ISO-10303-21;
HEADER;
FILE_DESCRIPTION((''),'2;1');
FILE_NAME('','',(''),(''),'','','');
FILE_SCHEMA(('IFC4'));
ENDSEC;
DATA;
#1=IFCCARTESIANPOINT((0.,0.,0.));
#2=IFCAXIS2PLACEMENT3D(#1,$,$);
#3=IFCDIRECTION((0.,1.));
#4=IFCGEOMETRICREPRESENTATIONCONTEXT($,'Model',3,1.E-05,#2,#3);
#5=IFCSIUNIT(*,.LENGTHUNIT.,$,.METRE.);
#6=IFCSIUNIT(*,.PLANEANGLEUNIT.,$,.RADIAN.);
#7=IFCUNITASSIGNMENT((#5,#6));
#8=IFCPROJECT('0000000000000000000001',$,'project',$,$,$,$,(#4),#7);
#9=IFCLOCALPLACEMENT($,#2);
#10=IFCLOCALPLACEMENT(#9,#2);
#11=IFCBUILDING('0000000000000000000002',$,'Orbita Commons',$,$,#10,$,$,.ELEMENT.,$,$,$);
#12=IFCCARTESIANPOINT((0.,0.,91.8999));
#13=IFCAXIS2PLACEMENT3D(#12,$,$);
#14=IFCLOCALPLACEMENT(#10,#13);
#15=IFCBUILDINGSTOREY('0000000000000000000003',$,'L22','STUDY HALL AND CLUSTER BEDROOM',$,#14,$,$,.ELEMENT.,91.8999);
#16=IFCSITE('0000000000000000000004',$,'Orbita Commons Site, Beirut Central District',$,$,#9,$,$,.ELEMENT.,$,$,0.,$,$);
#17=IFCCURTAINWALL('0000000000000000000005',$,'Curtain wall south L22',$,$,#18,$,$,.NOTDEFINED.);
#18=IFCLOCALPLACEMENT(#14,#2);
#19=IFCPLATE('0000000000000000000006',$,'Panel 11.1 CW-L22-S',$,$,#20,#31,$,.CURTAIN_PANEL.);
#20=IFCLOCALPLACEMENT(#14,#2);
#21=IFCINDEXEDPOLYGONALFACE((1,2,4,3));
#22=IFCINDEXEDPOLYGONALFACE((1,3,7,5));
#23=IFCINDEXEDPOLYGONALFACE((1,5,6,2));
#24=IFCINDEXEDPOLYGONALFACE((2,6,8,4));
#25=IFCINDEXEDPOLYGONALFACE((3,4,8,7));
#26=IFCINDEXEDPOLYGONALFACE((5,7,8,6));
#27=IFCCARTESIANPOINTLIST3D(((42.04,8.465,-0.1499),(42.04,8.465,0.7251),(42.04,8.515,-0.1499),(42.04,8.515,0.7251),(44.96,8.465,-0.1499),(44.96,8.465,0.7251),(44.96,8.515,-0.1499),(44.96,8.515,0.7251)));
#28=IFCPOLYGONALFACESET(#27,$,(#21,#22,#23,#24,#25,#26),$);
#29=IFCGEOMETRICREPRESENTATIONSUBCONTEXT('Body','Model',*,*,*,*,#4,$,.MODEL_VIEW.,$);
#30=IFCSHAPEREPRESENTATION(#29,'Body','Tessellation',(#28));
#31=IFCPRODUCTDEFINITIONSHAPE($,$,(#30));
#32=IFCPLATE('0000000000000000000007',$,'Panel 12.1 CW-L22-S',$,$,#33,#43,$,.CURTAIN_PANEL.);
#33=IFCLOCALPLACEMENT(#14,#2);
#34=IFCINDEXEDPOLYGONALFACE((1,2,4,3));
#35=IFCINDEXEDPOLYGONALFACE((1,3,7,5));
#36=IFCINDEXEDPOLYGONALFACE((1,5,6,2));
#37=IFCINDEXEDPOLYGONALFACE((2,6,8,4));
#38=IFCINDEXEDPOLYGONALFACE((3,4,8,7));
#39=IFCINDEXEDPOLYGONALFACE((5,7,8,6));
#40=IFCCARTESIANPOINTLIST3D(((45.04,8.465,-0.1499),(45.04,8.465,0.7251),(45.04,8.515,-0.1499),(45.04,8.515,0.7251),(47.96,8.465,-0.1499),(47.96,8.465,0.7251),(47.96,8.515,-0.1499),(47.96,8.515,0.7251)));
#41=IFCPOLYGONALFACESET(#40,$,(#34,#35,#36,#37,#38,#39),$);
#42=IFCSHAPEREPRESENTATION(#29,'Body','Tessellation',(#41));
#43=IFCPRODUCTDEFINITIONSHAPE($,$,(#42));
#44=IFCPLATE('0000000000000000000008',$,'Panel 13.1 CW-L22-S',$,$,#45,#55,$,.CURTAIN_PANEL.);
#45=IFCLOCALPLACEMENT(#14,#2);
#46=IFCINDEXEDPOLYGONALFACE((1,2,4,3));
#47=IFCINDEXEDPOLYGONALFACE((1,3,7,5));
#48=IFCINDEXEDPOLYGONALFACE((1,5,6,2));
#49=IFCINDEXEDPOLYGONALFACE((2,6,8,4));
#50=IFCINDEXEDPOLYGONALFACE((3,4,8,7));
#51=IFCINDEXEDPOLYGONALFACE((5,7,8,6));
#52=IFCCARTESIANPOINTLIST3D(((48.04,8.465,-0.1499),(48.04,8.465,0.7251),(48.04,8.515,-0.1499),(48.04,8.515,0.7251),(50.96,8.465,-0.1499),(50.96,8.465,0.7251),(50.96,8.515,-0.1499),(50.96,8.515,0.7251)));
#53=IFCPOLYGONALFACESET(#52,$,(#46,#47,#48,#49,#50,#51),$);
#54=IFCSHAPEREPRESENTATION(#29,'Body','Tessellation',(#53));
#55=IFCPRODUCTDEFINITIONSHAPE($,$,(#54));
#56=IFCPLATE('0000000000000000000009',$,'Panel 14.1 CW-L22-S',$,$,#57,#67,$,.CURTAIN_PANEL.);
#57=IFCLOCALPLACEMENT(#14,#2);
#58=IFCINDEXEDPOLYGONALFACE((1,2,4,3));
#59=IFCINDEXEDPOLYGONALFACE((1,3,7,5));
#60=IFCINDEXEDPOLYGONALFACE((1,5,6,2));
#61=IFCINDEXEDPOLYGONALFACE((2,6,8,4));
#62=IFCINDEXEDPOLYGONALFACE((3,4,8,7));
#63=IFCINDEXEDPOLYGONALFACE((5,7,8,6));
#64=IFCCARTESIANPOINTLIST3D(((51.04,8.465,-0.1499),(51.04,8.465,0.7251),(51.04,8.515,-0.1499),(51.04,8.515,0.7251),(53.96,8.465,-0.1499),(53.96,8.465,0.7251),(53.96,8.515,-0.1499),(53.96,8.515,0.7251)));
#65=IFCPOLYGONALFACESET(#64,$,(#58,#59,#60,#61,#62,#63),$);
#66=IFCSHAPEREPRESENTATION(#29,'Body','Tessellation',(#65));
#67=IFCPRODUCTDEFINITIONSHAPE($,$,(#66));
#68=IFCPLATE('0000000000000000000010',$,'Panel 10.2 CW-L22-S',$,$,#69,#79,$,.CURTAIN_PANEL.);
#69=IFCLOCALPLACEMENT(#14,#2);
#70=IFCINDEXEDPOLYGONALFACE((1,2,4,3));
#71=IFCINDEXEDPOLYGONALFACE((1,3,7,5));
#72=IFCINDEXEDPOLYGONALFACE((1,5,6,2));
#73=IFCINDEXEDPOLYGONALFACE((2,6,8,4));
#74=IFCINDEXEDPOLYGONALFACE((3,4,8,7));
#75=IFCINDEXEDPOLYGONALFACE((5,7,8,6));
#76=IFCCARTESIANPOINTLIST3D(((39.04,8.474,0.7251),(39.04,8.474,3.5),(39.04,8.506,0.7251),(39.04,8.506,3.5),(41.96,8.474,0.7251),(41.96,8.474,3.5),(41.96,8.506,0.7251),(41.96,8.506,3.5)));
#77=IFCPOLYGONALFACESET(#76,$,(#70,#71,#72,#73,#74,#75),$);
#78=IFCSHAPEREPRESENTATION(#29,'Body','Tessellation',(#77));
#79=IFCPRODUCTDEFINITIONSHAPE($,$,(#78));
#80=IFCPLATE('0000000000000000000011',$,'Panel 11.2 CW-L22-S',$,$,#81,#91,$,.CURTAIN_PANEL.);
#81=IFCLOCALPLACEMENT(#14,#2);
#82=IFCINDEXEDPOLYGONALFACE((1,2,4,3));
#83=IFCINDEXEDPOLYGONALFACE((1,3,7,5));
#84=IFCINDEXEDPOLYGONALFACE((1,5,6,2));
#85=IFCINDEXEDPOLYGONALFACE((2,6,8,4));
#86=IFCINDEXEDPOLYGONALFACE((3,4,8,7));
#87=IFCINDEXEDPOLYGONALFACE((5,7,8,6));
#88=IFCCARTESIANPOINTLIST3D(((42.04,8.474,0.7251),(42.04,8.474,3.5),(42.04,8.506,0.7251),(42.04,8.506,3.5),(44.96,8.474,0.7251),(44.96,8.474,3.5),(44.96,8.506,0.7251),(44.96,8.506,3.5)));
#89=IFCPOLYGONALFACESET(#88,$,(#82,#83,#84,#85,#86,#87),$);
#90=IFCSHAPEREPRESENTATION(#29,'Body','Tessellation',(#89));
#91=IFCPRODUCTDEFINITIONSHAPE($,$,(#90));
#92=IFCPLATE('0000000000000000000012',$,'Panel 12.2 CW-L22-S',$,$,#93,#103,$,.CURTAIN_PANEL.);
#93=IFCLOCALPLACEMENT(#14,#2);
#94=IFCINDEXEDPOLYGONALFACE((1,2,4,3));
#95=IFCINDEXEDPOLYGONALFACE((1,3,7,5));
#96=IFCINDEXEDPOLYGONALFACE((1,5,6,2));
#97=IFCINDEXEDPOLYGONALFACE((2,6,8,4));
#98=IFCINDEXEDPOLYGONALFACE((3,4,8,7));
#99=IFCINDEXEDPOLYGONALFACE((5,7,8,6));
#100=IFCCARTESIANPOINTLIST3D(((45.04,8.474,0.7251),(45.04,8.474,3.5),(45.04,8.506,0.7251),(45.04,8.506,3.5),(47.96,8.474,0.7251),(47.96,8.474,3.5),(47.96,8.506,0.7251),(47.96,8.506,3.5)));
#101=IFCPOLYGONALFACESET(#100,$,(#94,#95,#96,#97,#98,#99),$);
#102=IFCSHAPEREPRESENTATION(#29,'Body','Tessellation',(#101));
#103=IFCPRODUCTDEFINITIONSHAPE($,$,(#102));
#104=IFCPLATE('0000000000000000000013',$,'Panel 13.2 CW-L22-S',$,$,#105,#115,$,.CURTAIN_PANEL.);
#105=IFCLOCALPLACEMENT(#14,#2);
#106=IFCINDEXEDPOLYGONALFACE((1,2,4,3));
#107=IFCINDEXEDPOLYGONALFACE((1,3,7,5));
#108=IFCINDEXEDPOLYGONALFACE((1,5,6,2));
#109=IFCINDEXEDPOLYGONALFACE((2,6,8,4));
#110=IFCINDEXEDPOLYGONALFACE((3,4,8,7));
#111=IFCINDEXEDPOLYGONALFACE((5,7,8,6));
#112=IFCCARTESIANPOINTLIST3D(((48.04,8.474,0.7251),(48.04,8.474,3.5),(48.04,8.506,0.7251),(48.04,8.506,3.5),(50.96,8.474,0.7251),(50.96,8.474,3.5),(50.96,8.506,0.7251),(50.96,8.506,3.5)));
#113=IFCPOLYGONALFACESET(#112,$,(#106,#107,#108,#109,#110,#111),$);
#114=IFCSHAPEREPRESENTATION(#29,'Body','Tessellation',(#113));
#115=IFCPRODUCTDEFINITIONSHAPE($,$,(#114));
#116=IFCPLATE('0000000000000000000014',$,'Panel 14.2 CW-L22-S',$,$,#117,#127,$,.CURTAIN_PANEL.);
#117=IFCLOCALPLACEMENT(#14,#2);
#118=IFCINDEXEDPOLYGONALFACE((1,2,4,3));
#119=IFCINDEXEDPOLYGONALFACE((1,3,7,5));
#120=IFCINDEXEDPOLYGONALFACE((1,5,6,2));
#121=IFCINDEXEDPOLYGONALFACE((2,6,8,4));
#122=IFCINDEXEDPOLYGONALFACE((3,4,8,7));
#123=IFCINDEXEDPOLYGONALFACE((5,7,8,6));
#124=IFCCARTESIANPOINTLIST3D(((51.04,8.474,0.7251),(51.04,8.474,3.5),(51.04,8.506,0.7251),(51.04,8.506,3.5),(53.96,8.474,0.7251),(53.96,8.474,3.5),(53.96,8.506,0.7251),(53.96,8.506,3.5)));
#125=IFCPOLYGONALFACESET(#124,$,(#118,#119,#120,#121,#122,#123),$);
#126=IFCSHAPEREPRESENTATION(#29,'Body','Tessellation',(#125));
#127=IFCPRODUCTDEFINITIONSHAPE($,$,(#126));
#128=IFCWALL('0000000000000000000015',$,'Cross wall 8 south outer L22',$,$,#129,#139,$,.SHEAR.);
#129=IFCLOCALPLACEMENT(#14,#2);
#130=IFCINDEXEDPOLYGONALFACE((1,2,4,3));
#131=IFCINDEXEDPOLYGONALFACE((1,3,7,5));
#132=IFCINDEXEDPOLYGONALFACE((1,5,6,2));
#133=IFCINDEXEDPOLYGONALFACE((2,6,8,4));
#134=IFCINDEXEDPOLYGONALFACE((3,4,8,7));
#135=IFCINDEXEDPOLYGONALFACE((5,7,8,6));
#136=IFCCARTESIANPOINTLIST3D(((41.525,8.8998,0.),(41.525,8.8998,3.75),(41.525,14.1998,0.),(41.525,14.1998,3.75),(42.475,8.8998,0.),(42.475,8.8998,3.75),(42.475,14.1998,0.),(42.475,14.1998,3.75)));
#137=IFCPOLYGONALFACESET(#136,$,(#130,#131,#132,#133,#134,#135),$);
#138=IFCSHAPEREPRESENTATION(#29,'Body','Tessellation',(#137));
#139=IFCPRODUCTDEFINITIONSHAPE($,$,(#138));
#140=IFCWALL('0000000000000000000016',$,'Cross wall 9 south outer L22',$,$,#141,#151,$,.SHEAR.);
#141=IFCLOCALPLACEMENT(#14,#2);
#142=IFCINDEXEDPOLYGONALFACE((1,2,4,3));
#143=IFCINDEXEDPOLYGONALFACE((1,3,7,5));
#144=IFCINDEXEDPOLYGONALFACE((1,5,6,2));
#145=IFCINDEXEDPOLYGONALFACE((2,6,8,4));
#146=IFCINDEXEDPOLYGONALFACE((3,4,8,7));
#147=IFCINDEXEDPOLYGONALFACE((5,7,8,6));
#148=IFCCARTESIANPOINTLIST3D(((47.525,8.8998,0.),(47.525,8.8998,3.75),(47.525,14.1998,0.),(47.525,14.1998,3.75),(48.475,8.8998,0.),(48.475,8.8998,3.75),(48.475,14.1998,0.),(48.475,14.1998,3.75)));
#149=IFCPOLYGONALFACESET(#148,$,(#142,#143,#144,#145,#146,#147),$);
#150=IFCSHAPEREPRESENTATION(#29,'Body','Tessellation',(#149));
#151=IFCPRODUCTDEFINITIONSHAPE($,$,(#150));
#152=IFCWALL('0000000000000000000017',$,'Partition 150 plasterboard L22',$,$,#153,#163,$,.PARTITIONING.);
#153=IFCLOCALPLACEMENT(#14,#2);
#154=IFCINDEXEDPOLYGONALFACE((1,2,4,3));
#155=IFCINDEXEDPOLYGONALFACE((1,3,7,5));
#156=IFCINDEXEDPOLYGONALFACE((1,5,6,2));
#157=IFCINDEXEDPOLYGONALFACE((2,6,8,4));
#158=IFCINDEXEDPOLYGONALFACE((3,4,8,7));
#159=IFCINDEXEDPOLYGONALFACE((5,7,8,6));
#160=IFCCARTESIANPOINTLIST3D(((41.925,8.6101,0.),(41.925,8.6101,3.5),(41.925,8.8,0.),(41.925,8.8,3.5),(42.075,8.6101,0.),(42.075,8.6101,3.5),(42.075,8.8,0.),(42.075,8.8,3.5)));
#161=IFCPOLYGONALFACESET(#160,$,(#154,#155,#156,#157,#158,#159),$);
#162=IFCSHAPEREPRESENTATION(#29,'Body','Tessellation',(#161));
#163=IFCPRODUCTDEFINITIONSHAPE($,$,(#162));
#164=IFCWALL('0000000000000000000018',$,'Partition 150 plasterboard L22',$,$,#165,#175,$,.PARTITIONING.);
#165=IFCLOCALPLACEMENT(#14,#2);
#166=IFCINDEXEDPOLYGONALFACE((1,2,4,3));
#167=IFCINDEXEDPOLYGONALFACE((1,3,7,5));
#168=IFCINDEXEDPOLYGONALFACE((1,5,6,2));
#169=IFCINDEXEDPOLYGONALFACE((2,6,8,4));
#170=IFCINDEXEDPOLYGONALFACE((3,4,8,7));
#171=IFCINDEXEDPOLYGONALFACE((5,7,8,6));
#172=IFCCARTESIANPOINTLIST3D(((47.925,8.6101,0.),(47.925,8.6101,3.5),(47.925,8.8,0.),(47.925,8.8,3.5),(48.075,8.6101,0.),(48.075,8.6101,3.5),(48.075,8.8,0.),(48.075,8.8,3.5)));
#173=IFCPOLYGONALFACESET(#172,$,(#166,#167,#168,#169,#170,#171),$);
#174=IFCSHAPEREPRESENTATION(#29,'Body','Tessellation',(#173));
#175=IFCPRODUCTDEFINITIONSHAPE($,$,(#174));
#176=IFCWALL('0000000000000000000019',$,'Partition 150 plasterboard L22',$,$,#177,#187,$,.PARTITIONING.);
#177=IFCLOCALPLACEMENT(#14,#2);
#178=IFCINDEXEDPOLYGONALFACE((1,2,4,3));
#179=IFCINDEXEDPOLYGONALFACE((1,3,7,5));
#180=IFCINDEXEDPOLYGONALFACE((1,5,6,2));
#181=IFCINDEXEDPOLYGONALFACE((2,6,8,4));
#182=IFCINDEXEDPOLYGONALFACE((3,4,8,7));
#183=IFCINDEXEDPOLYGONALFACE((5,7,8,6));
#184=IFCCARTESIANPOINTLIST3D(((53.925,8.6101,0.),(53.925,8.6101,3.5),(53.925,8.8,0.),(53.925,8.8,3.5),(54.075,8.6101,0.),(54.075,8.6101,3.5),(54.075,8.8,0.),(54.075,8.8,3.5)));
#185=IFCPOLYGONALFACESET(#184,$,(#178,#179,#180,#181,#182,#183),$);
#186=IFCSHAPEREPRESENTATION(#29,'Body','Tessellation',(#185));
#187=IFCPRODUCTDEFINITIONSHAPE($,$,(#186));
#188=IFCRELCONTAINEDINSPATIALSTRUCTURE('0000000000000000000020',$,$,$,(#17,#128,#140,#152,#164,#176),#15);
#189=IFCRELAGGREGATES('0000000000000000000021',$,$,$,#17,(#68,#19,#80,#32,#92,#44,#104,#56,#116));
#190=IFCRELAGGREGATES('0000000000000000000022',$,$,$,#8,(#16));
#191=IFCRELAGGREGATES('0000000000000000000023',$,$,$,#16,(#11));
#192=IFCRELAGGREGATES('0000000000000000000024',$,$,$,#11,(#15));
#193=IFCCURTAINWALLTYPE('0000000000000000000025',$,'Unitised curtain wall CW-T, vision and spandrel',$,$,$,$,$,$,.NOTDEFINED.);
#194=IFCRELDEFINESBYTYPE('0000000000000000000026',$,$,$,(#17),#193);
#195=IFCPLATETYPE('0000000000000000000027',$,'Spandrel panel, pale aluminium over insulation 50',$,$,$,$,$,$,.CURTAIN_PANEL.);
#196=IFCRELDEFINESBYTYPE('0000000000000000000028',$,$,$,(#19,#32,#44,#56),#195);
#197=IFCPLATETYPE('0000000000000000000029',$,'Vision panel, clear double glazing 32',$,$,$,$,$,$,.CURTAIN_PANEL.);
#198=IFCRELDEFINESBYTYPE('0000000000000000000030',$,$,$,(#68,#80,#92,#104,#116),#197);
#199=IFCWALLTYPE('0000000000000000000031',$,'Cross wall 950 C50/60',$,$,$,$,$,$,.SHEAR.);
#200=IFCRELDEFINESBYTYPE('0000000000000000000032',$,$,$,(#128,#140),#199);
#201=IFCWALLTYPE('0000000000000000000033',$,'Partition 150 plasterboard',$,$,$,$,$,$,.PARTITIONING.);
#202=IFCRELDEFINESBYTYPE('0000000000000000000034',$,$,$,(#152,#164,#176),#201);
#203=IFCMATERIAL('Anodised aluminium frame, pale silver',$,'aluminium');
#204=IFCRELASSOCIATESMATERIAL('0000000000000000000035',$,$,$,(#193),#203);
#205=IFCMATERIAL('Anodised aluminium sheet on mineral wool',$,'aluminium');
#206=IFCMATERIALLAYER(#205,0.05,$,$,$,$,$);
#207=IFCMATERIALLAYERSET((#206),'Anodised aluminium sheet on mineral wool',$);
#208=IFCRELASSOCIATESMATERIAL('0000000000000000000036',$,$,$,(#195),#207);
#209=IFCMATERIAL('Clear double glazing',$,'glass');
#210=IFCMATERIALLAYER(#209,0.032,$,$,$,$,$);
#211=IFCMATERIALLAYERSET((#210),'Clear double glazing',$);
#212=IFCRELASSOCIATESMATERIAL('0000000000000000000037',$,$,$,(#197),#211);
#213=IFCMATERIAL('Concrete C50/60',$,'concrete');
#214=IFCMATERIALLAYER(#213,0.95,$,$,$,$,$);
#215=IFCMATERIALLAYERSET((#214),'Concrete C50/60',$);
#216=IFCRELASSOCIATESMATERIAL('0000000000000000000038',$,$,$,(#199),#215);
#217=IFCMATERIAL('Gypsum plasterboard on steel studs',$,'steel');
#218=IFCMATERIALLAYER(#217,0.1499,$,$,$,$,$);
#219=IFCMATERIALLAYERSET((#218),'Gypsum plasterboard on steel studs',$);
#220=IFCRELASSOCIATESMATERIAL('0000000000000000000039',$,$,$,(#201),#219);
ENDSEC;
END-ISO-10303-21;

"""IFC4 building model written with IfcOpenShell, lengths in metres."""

from ifc_helpers import new_model, si_unit, direction, frame, frame_2d, origin, origin_2d, place, context, subcontext, project, spatial, rectangle, extrude, material, layer, layer_set, type_object, element, aggregate, save


model = new_model("IFC4")

# Units and contexts
model_context = context("Model", 3, precision=1e-05, world=origin(), true_north=direction((0.0, 1.0)))
body_context = subcontext(model_context, "Body", "Model", "MODEL_VIEW")
ifc_project = project(units=[si_unit("LENGTHUNIT", "METRE"), si_unit("PLANEANGLEUNIT", "RADIAN")], contexts=[model_context])

# Site, building, storey
site_placement = place(None, origin())
site = spatial("IfcSite", under=ifc_project, at=site_placement, Name="Orbita Commons Site, Beirut Central District", CompositionType="ELEMENT", RefElevation=0.0)
building_placement = place(site_placement, origin())
building = spatial("IfcBuilding", under=site, at=building_placement, Name="Orbita Commons", CompositionType="ELEMENT")
storey_placement = place(building_placement, frame((0.0, 0.0, 91.8999)))
storey = spatial("IfcBuildingStorey", under=building, at=storey_placement, Name="L22", Description="STUDY HALL AND CLUSTER BEDROOM", CompositionType="ELEMENT", Elevation=91.8999)

# Curtain wall, plates
ifc_material_1 = material(Name="Anodised aluminium frame, pale silver", Category="aluminium")
curtain_wall_type = type_object("IfcCurtainWallType", Name="Unitised curtain wall CW-T, vision and spandrel", PredefinedType="NOTDEFINED", material=ifc_material_1)
curtain_wall_placement = place(storey_placement, origin())
curtain_wall = element("IfcCurtainWall", 1, at=curtain_wall_placement, inside=storey, type_object=curtain_wall_type, Name="Curtain wall south L22", PredefinedType="NOTDEFINED")
ifc_material_2 = material(Name="Anodised aluminium sheet on mineral wool", Category="aluminium")
ifc_layer_1 = layer(ifc_material_2, 0.05)
ifc_layer_set_1 = layer_set([ifc_layer_1], Name="Anodised aluminium sheet on mineral wool")
plate_type_1 = type_object("IfcPlateType", Name="Spandrel panel, pale aluminium over insulation 50", PredefinedType="CURTAIN_PANEL", material=ifc_layer_set_1)
plate_1_placement = place(storey_placement, frame((43.5, 8.49, -0.1499), z_axis=(0.0, 0.0, 1.0), x_axis=(1.0, 0.0, 0.0)))
plate_1 = element("IfcPlate", 2, at=plate_1_placement, type_object=plate_type_1, Name="Panel 11.1 CW-L22-S", PredefinedType="CURTAIN_PANEL", context=body_context, shape_type="SweptSolid", body=[
    extrude(rectangle(XDim=2.9199, YDim=0.05, at=origin_2d()), origin(), (0.0, 0.0, 1.0), 0.875),
])
plate_2_placement = place(storey_placement, frame((46.5, 8.49, -0.1499), z_axis=(0.0, 0.0, 1.0), x_axis=(1.0, 0.0, 0.0)))
plate_2 = element("IfcPlate", 3, at=plate_2_placement, type_object=plate_type_1, Name="Panel 12.1 CW-L22-S", PredefinedType="CURTAIN_PANEL", context=body_context, shape_type="SweptSolid", body=[
    extrude(rectangle(XDim=2.9199, YDim=0.05, at=origin_2d()), origin(), (0.0, 0.0, 1.0), 0.875),
])
plate_3_placement = place(storey_placement, frame((49.5, 8.49, -0.1499), z_axis=(0.0, 0.0, 1.0), x_axis=(1.0, 0.0, 0.0)))
plate_3 = element("IfcPlate", 4, at=plate_3_placement, type_object=plate_type_1, Name="Panel 13.1 CW-L22-S", PredefinedType="CURTAIN_PANEL", context=body_context, shape_type="SweptSolid", body=[
    extrude(rectangle(XDim=2.9199, YDim=0.05, at=origin_2d()), origin(), (0.0, 0.0, 1.0), 0.875),
])
plate_4_placement = place(storey_placement, frame((52.5, 8.49, -0.1499), z_axis=(0.0, 0.0, 1.0), x_axis=(1.0, 0.0, 0.0)))
plate_4 = element("IfcPlate", 5, at=plate_4_placement, type_object=plate_type_1, Name="Panel 14.1 CW-L22-S", PredefinedType="CURTAIN_PANEL", context=body_context, shape_type="SweptSolid", body=[
    extrude(rectangle(XDim=2.9199, YDim=0.05, at=origin_2d()), origin(), (0.0, 0.0, 1.0), 0.875),
])
ifc_material_3 = material(Name="Clear double glazing", Category="glass")
ifc_layer_2 = layer(ifc_material_3, 0.032)
ifc_layer_set_2 = layer_set([ifc_layer_2], Name="Clear double glazing")
plate_type_2 = type_object("IfcPlateType", Name="Vision panel, clear double glazing 32", PredefinedType="CURTAIN_PANEL", material=ifc_layer_set_2)
plate_5_placement = place(storey_placement, frame((40.5, 8.49, 0.7251), z_axis=(0.0, 0.0, 1.0), x_axis=(1.0, 0.0, 0.0)))
plate_5 = element("IfcPlate", 6, at=plate_5_placement, type_object=plate_type_2, Name="Panel 10.2 CW-L22-S", PredefinedType="CURTAIN_PANEL", context=body_context, shape_type="SweptSolid", body=[
    extrude(rectangle(XDim=2.9199, YDim=0.032, at=origin_2d()), origin(), (0.0, 0.0, 1.0), 2.7749),
])
plate_6_placement = place(storey_placement, frame((43.5, 8.49, 0.7251), z_axis=(0.0, 0.0, 1.0), x_axis=(1.0, 0.0, 0.0)))
plate_6 = element("IfcPlate", 7, at=plate_6_placement, type_object=plate_type_2, Name="Panel 11.2 CW-L22-S", PredefinedType="CURTAIN_PANEL", context=body_context, shape_type="SweptSolid", body=[
    extrude(rectangle(XDim=2.9199, YDim=0.032, at=origin_2d()), origin(), (0.0, 0.0, 1.0), 2.7749),
])
plate_7_placement = place(storey_placement, frame((46.5, 8.49, 0.7251), z_axis=(0.0, 0.0, 1.0), x_axis=(1.0, 0.0, 0.0)))
plate_7 = element("IfcPlate", 8, at=plate_7_placement, type_object=plate_type_2, Name="Panel 12.2 CW-L22-S", PredefinedType="CURTAIN_PANEL", context=body_context, shape_type="SweptSolid", body=[
    extrude(rectangle(XDim=2.9199, YDim=0.032, at=origin_2d()), origin(), (0.0, 0.0, 1.0), 2.7749),
])
plate_8_placement = place(storey_placement, frame((49.5, 8.49, 0.7251), z_axis=(0.0, 0.0, 1.0), x_axis=(1.0, 0.0, 0.0)))
plate_8 = element("IfcPlate", 9, at=plate_8_placement, type_object=plate_type_2, Name="Panel 13.2 CW-L22-S", PredefinedType="CURTAIN_PANEL", context=body_context, shape_type="SweptSolid", body=[
    extrude(rectangle(XDim=2.9199, YDim=0.032, at=origin_2d()), origin(), (0.0, 0.0, 1.0), 2.7749),
])
plate_9_placement = place(storey_placement, frame((52.5, 8.49, 0.7251), z_axis=(0.0, 0.0, 1.0), x_axis=(1.0, 0.0, 0.0)))
plate_9 = element("IfcPlate", 10, at=plate_9_placement, type_object=plate_type_2, Name="Panel 14.2 CW-L22-S", PredefinedType="CURTAIN_PANEL", context=body_context, shape_type="SweptSolid", body=[
    extrude(rectangle(XDim=2.9199, YDim=0.032, at=origin_2d()), origin(), (0.0, 0.0, 1.0), 2.7749),
])
aggregate(curtain_wall, [plate_5, plate_1, plate_6, plate_2, plate_7, plate_3, plate_8, plate_4, plate_9])

# Walls
ifc_material_4 = material(Name="Concrete C50/60", Category="concrete")
ifc_layer_3 = layer(ifc_material_4, 0.95)
ifc_layer_set_3 = layer_set([ifc_layer_3], Name="Concrete C50/60")
wall_type_1 = type_object("IfcWallType", Name="Cross wall 950 C50/60", PredefinedType="SHEAR", material=ifc_layer_set_3)
for number, where, z_axis, x_axis, name in (
    (11, (42.0, 8.8999, 0.0), (0.0, 0.0, 1.0), (0.0, 1.0, 0.0), "Cross wall 8 south outer L22"),
    (12, (48.0, 8.8999, 0.0), (0.0, 0.0, 1.0), (0.0, 1.0, 0.0), "Cross wall 9 south outer L22"),
):
    element("IfcWall", number, at=place(storey_placement, frame(where, z_axis=z_axis, x_axis=x_axis)), inside=storey, type_object=wall_type_1, Name=name, PredefinedType="SHEAR", context=body_context, shape_type="SweptSolid", body=[
        extrude(rectangle(XDim=5.3, YDim=0.95, at=frame_2d((2.6499, 0.0))), origin(), (0.0, 0.0, 1.0), 3.75),
    ])
ifc_material_5 = material(Name="Gypsum plasterboard on steel studs", Category="steel")
ifc_layer_4 = layer(ifc_material_5, 0.1499)
ifc_layer_set_4 = layer_set([ifc_layer_4], Name="Gypsum plasterboard on steel studs")
wall_type_2 = type_object("IfcWallType", Name="Partition 150 plasterboard", PredefinedType="PARTITIONING", material=ifc_layer_set_4)
for number, where, z_axis, x_axis, name in (
    (13, (42.0, 8.8, 0.0), (0.0, 0.0, 1.0), (0.0, -1.0, 0.0), "Partition 150 plasterboard L22"),
    (14, (48.0, 8.8, 0.0), (0.0, 0.0, 1.0), (0.0, -1.0, 0.0), "Partition 150 plasterboard L22"),
    (15, (54.0, 8.8, 0.0), (0.0, 0.0, 1.0), (0.0, -1.0, 0.0), "Partition 150 plasterboard L22"),
):
    element("IfcWall", number, at=place(storey_placement, frame(where, z_axis=z_axis, x_axis=x_axis)), inside=storey, type_object=wall_type_2, Name=name, PredefinedType="PARTITIONING", context=body_context, shape_type="SweptSolid", body=[
        extrude(rectangle(XDim=0.1899, YDim=0.1499, at=frame_2d((0.095, 0.0))), origin(), (0.0, 0.0, 1.0), 3.5),
    ])

save(model, "model.ifc")
